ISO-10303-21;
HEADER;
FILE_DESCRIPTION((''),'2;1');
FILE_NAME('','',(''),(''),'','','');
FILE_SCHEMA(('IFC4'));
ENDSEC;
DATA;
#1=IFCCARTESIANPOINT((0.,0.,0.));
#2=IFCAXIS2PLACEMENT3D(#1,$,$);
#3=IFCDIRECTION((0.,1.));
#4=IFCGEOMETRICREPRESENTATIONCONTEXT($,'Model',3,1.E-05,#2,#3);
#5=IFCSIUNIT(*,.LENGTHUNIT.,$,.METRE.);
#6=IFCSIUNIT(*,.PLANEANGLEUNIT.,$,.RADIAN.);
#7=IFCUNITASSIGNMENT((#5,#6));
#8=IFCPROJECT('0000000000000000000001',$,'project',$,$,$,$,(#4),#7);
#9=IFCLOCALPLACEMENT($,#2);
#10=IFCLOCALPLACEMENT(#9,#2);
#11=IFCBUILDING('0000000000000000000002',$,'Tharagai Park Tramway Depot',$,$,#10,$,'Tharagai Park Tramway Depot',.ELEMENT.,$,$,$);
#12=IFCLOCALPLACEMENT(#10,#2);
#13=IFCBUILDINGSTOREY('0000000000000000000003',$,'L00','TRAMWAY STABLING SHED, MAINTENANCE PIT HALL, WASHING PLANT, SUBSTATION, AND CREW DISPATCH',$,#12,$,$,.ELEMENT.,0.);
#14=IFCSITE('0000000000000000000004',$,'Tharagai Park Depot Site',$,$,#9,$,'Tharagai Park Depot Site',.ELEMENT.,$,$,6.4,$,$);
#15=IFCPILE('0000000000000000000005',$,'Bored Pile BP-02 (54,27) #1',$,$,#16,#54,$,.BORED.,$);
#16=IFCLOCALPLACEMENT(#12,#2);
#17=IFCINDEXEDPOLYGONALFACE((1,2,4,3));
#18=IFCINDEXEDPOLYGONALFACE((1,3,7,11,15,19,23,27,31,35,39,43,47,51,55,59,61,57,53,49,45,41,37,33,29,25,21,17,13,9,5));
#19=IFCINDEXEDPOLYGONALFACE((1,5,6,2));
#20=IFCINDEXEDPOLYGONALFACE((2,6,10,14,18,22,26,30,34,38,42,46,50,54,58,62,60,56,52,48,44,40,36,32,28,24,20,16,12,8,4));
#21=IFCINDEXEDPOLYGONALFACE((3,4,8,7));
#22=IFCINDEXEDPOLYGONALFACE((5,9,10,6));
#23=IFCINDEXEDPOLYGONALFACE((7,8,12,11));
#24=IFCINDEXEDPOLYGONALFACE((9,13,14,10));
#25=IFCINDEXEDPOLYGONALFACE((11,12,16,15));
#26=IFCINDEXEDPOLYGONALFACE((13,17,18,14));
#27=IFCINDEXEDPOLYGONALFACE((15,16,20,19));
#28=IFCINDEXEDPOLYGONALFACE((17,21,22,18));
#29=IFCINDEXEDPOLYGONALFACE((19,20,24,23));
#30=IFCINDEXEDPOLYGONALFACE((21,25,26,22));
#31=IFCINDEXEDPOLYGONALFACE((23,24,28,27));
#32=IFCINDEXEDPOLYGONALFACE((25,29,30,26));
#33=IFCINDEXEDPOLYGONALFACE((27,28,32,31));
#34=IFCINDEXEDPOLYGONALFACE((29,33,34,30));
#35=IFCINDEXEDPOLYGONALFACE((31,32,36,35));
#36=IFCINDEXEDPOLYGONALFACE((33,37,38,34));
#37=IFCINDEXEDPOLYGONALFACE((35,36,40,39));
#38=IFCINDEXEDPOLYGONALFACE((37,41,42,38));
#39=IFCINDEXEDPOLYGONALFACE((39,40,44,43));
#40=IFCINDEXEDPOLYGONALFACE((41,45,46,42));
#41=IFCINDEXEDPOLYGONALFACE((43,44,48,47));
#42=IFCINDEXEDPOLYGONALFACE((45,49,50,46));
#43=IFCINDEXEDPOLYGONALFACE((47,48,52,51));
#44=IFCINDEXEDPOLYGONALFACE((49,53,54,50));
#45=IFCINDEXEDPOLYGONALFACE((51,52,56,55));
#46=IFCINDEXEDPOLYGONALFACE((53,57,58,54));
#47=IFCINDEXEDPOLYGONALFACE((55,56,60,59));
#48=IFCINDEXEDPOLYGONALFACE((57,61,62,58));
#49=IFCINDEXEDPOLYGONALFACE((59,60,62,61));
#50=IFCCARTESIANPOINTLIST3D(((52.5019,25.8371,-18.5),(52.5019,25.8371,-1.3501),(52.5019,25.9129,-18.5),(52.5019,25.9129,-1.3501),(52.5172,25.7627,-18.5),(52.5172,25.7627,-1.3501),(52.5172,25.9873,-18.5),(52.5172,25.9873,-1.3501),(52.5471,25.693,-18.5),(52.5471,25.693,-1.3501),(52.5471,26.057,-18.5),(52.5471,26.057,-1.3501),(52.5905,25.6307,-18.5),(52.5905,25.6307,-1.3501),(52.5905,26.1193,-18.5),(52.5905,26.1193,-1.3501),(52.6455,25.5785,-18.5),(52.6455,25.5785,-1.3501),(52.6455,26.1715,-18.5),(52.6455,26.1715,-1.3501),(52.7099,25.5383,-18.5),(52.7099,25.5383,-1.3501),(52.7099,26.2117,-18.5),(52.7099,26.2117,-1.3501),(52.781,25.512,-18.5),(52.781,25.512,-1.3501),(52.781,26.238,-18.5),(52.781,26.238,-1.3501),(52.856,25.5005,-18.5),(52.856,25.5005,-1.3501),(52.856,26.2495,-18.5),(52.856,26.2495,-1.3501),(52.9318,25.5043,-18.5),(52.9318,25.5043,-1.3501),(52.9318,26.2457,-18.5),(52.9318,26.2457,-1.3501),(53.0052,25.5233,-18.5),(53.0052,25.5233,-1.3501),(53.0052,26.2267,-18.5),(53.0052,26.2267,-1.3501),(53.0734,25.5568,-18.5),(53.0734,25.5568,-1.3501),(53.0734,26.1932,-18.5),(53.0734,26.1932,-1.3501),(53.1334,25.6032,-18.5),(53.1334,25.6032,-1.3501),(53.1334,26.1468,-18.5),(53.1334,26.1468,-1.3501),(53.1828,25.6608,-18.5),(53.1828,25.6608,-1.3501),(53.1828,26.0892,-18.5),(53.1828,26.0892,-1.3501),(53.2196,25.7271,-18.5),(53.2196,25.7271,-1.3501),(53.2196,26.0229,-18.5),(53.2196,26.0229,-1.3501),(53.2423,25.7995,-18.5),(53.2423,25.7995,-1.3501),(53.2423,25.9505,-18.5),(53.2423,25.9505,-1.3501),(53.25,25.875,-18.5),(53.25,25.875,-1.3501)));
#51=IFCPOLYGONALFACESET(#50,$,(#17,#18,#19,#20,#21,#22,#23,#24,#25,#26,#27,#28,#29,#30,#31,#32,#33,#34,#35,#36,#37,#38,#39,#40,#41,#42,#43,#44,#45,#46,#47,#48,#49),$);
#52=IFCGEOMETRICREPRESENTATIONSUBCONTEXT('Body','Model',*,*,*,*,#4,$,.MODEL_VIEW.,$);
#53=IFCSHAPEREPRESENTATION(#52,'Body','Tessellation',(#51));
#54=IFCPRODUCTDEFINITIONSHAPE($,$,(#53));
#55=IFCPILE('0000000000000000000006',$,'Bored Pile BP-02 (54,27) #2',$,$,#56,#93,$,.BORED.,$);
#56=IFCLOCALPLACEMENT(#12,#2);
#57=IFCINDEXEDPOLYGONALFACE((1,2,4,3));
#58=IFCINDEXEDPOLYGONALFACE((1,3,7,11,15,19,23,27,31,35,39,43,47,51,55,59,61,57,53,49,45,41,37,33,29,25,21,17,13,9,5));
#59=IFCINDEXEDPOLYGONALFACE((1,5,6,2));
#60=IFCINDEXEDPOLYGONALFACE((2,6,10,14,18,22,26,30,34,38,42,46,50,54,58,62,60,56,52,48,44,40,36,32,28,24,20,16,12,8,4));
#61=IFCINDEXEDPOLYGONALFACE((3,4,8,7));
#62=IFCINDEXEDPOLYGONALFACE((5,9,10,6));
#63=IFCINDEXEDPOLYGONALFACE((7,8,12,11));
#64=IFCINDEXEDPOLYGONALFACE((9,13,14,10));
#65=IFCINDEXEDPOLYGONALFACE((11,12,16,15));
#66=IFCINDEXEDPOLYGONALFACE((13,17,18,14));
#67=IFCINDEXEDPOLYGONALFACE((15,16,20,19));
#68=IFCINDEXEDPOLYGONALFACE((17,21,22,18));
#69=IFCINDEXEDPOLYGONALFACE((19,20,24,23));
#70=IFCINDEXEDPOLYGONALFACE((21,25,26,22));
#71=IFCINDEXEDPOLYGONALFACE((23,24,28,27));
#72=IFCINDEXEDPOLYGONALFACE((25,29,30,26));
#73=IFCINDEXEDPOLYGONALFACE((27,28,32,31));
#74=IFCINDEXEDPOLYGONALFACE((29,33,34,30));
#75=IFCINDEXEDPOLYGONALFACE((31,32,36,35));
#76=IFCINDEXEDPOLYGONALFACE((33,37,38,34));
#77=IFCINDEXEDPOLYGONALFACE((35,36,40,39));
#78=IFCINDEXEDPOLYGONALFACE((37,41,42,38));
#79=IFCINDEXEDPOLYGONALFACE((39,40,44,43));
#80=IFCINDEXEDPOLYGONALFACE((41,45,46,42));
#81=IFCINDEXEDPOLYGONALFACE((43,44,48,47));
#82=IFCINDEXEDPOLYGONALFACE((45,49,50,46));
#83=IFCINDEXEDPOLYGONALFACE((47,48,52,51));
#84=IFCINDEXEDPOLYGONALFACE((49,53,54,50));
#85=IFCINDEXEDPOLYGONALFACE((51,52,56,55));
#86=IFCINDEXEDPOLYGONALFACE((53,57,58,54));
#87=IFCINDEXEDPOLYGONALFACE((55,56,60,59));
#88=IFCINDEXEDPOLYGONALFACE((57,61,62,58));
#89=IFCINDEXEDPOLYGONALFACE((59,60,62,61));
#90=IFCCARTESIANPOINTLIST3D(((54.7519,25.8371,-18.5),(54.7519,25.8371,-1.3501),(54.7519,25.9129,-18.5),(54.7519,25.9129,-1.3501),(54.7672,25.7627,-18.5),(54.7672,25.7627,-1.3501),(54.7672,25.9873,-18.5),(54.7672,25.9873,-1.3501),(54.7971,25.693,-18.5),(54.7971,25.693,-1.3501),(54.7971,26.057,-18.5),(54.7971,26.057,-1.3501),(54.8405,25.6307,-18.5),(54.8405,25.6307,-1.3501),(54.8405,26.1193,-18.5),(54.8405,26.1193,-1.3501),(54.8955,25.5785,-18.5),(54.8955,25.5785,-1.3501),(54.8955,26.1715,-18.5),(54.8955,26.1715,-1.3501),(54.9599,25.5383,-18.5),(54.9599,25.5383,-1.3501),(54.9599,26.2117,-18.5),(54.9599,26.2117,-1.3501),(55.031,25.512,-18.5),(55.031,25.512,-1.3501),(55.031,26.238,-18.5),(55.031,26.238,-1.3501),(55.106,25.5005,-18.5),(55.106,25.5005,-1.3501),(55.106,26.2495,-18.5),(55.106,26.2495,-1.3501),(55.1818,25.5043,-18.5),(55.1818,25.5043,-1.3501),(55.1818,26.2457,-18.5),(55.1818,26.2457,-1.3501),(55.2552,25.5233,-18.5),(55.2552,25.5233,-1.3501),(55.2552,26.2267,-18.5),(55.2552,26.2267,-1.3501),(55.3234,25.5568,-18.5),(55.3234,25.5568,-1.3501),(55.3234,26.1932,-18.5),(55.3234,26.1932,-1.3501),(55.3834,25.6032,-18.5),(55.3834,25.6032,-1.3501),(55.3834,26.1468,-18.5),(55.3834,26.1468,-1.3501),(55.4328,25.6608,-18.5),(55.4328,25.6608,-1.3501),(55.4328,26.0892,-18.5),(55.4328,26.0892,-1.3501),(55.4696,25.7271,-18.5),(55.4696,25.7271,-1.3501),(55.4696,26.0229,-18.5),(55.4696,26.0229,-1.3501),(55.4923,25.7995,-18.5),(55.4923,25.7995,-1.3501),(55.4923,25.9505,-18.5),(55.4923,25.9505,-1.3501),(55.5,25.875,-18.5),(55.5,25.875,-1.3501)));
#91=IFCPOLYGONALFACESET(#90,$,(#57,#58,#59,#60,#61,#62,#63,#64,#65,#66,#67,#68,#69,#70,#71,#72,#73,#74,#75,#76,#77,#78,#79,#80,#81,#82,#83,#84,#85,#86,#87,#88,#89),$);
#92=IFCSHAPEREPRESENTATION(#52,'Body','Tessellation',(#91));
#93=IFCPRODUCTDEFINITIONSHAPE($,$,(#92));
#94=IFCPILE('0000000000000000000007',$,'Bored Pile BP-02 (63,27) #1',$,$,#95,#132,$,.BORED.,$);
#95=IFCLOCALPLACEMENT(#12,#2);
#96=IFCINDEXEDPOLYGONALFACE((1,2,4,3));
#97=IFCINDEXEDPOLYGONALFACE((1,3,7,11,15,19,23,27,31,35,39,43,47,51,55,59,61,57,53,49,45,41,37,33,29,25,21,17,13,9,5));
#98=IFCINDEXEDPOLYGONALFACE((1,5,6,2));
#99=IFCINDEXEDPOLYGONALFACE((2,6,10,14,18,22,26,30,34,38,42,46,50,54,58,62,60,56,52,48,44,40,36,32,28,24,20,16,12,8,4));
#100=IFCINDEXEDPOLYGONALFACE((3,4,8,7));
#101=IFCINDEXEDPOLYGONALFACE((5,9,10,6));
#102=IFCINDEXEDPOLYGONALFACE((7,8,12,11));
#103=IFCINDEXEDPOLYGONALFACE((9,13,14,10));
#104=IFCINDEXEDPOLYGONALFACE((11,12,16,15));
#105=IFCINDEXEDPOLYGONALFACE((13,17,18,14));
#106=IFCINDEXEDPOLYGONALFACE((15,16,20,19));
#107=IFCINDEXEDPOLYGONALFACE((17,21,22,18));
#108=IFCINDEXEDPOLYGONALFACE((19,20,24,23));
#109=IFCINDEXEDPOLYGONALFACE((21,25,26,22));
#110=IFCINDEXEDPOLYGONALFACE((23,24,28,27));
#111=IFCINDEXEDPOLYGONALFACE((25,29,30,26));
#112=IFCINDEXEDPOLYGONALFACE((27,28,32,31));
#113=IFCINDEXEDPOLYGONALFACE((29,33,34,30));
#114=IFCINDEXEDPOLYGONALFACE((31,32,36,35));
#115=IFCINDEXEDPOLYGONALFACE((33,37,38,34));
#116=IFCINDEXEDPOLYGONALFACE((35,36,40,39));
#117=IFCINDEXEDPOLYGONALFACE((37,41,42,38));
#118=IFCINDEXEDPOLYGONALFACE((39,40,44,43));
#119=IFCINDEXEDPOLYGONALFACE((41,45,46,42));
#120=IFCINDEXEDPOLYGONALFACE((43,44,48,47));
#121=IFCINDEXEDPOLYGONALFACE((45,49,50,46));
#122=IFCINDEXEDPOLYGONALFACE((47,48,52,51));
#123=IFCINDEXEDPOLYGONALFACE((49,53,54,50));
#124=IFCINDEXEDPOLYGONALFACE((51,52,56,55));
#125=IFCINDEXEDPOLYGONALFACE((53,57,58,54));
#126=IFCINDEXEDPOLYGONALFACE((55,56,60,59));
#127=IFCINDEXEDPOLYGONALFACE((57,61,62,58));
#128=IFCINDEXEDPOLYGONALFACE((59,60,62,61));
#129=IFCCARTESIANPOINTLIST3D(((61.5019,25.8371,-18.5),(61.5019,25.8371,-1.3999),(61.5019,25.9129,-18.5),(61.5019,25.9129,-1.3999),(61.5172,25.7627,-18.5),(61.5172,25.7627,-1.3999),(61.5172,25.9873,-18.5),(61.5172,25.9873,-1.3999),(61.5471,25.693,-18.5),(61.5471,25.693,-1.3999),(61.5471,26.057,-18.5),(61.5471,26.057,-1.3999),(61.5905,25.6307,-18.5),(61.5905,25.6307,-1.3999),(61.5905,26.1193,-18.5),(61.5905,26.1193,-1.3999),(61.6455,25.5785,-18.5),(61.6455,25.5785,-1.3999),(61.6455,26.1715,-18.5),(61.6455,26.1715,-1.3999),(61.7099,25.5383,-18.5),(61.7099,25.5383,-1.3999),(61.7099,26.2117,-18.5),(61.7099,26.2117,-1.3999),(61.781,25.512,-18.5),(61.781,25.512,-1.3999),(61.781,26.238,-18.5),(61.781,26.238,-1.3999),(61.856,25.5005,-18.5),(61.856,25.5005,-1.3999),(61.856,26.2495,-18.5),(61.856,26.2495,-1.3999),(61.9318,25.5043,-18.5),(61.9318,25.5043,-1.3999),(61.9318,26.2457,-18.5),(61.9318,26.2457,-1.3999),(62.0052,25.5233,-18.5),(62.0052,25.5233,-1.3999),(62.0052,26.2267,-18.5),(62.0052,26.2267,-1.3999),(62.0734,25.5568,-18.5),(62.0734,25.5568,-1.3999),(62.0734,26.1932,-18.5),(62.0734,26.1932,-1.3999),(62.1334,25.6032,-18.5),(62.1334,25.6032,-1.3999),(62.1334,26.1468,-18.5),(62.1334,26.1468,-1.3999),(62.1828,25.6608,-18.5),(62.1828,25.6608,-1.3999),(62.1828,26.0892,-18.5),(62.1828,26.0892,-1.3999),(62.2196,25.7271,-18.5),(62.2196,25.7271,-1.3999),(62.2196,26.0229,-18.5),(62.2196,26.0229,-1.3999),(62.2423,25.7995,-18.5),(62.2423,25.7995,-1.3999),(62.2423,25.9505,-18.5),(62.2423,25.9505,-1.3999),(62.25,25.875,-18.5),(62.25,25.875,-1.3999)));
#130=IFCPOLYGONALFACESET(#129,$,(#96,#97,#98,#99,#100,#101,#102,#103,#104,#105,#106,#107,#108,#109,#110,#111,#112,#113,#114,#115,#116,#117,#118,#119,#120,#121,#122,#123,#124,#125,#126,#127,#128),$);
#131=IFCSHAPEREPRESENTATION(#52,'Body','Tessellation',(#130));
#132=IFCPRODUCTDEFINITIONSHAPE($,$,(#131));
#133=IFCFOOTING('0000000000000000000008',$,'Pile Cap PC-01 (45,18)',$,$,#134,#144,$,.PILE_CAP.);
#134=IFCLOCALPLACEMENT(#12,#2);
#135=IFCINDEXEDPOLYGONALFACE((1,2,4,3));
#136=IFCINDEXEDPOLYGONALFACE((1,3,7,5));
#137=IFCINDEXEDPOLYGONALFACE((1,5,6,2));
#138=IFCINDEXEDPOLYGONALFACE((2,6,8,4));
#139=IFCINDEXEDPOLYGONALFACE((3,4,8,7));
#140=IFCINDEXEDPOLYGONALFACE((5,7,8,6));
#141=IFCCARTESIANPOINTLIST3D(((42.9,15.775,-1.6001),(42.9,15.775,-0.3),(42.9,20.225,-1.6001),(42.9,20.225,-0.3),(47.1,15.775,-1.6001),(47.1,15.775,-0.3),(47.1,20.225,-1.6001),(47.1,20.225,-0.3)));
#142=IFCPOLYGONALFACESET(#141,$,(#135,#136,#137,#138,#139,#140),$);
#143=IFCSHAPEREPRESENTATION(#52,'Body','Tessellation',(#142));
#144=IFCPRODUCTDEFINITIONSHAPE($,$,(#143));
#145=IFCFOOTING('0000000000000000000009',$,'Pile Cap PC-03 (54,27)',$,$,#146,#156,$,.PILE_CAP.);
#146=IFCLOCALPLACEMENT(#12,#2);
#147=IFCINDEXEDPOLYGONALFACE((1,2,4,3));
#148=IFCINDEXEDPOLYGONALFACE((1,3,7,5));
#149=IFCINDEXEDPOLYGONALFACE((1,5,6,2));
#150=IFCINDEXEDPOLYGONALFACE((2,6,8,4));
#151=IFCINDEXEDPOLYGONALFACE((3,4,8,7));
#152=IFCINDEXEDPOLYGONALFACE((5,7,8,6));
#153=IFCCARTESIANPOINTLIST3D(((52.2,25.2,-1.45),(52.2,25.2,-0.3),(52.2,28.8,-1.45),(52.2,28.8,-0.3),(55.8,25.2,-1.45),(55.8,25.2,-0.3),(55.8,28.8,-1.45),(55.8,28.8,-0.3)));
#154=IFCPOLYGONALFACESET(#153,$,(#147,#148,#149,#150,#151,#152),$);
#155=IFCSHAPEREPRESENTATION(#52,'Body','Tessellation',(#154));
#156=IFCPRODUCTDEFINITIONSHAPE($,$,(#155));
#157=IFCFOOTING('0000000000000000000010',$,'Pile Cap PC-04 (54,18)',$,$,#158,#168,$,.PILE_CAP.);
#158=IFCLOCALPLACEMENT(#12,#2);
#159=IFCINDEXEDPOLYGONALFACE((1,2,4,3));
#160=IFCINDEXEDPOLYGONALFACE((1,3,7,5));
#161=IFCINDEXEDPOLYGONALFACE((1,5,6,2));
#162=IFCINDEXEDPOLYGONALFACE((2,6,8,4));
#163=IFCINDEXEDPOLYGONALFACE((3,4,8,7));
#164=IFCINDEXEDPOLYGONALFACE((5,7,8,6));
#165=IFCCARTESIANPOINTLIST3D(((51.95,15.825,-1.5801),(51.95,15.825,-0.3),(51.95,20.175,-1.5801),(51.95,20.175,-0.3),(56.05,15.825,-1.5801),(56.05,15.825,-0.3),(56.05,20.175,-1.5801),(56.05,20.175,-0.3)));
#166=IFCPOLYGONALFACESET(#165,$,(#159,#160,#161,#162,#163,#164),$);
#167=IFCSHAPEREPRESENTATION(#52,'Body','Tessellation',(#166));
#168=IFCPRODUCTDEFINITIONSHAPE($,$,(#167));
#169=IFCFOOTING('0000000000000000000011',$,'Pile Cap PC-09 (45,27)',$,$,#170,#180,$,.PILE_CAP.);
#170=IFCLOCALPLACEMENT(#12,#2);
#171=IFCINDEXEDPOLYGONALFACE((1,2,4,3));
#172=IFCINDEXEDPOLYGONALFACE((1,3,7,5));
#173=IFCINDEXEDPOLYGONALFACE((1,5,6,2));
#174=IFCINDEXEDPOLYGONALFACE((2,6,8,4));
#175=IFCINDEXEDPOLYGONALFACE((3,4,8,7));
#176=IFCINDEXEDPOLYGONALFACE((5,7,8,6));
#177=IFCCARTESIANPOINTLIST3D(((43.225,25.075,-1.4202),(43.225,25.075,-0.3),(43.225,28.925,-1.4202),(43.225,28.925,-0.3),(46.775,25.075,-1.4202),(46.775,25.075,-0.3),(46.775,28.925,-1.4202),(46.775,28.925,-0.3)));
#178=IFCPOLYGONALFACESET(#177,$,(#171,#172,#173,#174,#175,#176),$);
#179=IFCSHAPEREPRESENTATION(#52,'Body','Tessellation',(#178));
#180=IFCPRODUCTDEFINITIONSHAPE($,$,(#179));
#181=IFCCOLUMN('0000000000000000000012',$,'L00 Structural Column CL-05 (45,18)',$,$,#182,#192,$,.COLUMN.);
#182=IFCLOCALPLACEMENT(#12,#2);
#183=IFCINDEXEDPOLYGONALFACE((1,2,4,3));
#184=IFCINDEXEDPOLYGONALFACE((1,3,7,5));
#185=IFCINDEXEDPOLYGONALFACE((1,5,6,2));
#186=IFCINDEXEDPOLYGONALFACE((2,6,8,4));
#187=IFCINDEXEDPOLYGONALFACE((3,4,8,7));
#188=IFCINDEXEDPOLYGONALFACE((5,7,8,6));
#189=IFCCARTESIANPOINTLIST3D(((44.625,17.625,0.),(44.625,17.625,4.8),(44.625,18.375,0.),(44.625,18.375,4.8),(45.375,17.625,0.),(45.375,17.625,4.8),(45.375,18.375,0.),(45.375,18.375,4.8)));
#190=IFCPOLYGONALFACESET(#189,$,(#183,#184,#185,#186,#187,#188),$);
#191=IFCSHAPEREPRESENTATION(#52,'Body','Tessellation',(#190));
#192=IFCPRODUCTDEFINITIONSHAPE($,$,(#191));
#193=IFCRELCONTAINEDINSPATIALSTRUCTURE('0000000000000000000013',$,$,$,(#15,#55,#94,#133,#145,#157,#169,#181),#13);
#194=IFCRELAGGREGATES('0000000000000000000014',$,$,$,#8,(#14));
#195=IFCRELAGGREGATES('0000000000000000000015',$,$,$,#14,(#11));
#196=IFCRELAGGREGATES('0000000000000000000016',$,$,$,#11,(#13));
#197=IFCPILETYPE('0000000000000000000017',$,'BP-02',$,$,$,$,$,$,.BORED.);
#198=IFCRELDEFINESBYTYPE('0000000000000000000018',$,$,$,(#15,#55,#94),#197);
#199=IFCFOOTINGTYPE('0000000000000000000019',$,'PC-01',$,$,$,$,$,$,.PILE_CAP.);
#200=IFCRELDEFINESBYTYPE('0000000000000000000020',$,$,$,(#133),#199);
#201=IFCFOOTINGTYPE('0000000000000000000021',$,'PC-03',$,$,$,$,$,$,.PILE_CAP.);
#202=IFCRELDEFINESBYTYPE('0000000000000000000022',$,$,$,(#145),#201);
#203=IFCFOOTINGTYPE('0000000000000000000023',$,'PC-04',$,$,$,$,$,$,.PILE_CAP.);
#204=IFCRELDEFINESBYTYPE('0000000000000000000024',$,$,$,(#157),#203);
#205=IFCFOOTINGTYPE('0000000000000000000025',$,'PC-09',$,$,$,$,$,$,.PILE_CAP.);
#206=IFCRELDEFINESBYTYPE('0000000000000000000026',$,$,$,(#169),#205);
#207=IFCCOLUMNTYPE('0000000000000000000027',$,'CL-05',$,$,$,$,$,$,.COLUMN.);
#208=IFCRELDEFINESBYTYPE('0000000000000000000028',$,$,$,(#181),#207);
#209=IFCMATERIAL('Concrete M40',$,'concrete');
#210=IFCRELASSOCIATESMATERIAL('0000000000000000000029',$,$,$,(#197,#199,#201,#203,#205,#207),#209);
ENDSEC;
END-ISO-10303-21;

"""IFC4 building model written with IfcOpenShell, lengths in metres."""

from ifc_helpers import new_model, si_unit, direction, frame, origin, origin_2d, place, context, subcontext, project, spatial, rectangle, circle, extrude, material, material_profile, profile_set, type_object, element, save


model = new_model("IFC4")

# Units and contexts
model_context = context("Model", 3, precision=1e-05, world=origin(), true_north=direction((0.0, 1.0)))
body_context = subcontext(model_context, "Body", "Model", "MODEL_VIEW")
ifc_project = project(units=[si_unit("LENGTHUNIT", "METRE"), si_unit("PLANEANGLEUNIT", "RADIAN")], contexts=[model_context])

# Site, building, storey
site_placement = place(None, origin())
site = spatial("IfcSite", under=ifc_project, at=site_placement, Name="Tharagai Park Depot Site", LongName="Tharagai Park Depot Site", CompositionType="ELEMENT", RefElevation=6.4)
building_placement = place(site_placement, origin())
building = spatial("IfcBuilding", under=site, at=building_placement, Name="Tharagai Park Tramway Depot", LongName="Tharagai Park Tramway Depot", CompositionType="ELEMENT")
storey_placement = place(building_placement, origin())
storey = spatial("IfcBuildingStorey", under=building, at=storey_placement, Name="L00", Description="TRAMWAY STABLING SHED, MAINTENANCE PIT HALL, WASHING PLANT, SUBSTATION, AND CREW DISPATCH", CompositionType="ELEMENT", Elevation=0.0)

# Piles
ifc_material_1 = material(Name="Concrete M40", Category="concrete")
ifc_material_profile_1 = material_profile(ifc_material_1, circle(Radius=0.375, at=origin_2d()), Name="PILE D750")
ifc_profile_set_1 = profile_set([ifc_material_profile_1], Name="Concrete M40")
pile_type_1 = type_object("IfcPileType", Name="BP-02", PredefinedType="BORED", material=ifc_profile_set_1)
for number, where, z_axis, x_axis, name in (
    (1, (52.875, 25.875, -1.3501), (0.0, 0.0, -1.0), (1.0, 0.0, 0.0), "Bored Pile BP-02 (54,27) #1"),
    (2, (55.125, 25.875, -1.3501), (0.0, 0.0, -1.0), (1.0, 0.0, 0.0), "Bored Pile BP-02 (54,27) #2"),
):
    element("IfcPile", number, at=place(storey_placement, frame(where, z_axis=z_axis, x_axis=x_axis)), inside=storey, type_object=pile_type_1, Name=name, PredefinedType="BORED", context=body_context, shape_type="SweptSolid", body=[
        extrude(circle(Radius=0.375, at=origin_2d()), origin(), (0.0, 0.0, 1.0), 17.1499),
    ])
pile_placement = place(storey_placement, frame((61.875, 25.875, -1.3999), z_axis=(0.0, 0.0, -1.0), x_axis=(1.0, 0.0, 0.0)))
element("IfcPile", 3, at=pile_placement, inside=storey, type_object=pile_type_1, Name="Bored Pile BP-02 (63,27) #1", PredefinedType="BORED", context=body_context, shape_type="SweptSolid", body=[
    extrude(circle(Radius=0.375, at=origin_2d()), origin(), (0.0, 0.0, 1.0), 17.1001),
])

# Footings
footing_type_1 = type_object("IfcFootingType", Name="PC-01", PredefinedType="PILE_CAP", material=ifc_material_1)
footing_1_placement = place(storey_placement, frame((45.0, 18.0, -1.6001), z_axis=(0.0, 0.0, 1.0), x_axis=(1.0, 0.0, 0.0)))
element("IfcFooting", 4, at=footing_1_placement, inside=storey, type_object=footing_type_1, Name="Pile Cap PC-01 (45,18)", PredefinedType="PILE_CAP", context=body_context, shape_type="SweptSolid", body=[
    extrude(rectangle(XDim=4.2, YDim=4.45, at=origin_2d()), origin(), (0.0, 0.0, 1.0), 1.3),
])
footing_type_2 = type_object("IfcFootingType", Name="PC-03", PredefinedType="PILE_CAP", material=ifc_material_1)
footing_2_placement = place(storey_placement, frame((54.0, 27.0, -1.45), z_axis=(0.0, 0.0, 1.0), x_axis=(1.0, 0.0, 0.0)))
element("IfcFooting", 5, at=footing_2_placement, inside=storey, type_object=footing_type_2, Name="Pile Cap PC-03 (54,27)", PredefinedType="PILE_CAP", context=body_context, shape_type="SweptSolid", body=[
    extrude(rectangle(XDim=3.6001, YDim=3.6001, at=origin_2d()), origin(), (0.0, 0.0, 1.0), 1.1499),
])
footing_type_3 = type_object("IfcFootingType", Name="PC-04", PredefinedType="PILE_CAP", material=ifc_material_1)
footing_3_placement = place(storey_placement, frame((54.0, 18.0, -1.5801), z_axis=(0.0, 0.0, 1.0), x_axis=(1.0, 0.0, 0.0)))
element("IfcFooting", 6, at=footing_3_placement, inside=storey, type_object=footing_type_3, Name="Pile Cap PC-04 (54,18)", PredefinedType="PILE_CAP", context=body_context, shape_type="SweptSolid", body=[
    extrude(rectangle(XDim=4.1001, YDim=4.3501, at=origin_2d()), origin(), (0.0, 0.0, 1.0), 1.28),
])
footing_type_4 = type_object("IfcFootingType", Name="PC-09", PredefinedType="PILE_CAP", material=ifc_material_1)
footing_4_placement = place(storey_placement, frame((45.0, 27.0, -1.4202), z_axis=(0.0, 0.0, 1.0), x_axis=(1.0, 0.0, 0.0)))
element("IfcFooting", 7, at=footing_4_placement, inside=storey, type_object=footing_type_4, Name="Pile Cap PC-09 (45,27)", PredefinedType="PILE_CAP", context=body_context, shape_type="SweptSolid", body=[
    extrude(rectangle(XDim=3.55, YDim=3.8501, at=origin_2d()), origin(), (0.0, 0.0, 1.0), 1.1201),
])

# Column
ifc_material_profile_2 = material_profile(ifc_material_1, rectangle(XDim=0.75, YDim=0.75, at=origin_2d()), Name="RC 750x750")
ifc_profile_set_2 = profile_set([ifc_material_profile_2], Name="Concrete M40")
column_type = type_object("IfcColumnType", Name="CL-05", PredefinedType="COLUMN", material=ifc_profile_set_2)
for number, where, z_axis, x_axis, name in (
    (8, (45.0, 18.0, 0.0), (0.0, 0.0, 1.0), (1.0, 0.0, 0.0), "L00 Structural Column CL-05 (45,18)"),
):
    element("IfcColumn", number, at=place(storey_placement, frame(where, z_axis=z_axis, x_axis=x_axis)), inside=storey, type_object=column_type, Name=name, PredefinedType="COLUMN", context=body_context, shape_type="SweptSolid", body=[
        extrude(rectangle(XDim=0.75, YDim=0.75, at=origin_2d()), origin(), (0.0, 0.0, 1.0), 4.8),
    ])

save(model, "model.ifc")
